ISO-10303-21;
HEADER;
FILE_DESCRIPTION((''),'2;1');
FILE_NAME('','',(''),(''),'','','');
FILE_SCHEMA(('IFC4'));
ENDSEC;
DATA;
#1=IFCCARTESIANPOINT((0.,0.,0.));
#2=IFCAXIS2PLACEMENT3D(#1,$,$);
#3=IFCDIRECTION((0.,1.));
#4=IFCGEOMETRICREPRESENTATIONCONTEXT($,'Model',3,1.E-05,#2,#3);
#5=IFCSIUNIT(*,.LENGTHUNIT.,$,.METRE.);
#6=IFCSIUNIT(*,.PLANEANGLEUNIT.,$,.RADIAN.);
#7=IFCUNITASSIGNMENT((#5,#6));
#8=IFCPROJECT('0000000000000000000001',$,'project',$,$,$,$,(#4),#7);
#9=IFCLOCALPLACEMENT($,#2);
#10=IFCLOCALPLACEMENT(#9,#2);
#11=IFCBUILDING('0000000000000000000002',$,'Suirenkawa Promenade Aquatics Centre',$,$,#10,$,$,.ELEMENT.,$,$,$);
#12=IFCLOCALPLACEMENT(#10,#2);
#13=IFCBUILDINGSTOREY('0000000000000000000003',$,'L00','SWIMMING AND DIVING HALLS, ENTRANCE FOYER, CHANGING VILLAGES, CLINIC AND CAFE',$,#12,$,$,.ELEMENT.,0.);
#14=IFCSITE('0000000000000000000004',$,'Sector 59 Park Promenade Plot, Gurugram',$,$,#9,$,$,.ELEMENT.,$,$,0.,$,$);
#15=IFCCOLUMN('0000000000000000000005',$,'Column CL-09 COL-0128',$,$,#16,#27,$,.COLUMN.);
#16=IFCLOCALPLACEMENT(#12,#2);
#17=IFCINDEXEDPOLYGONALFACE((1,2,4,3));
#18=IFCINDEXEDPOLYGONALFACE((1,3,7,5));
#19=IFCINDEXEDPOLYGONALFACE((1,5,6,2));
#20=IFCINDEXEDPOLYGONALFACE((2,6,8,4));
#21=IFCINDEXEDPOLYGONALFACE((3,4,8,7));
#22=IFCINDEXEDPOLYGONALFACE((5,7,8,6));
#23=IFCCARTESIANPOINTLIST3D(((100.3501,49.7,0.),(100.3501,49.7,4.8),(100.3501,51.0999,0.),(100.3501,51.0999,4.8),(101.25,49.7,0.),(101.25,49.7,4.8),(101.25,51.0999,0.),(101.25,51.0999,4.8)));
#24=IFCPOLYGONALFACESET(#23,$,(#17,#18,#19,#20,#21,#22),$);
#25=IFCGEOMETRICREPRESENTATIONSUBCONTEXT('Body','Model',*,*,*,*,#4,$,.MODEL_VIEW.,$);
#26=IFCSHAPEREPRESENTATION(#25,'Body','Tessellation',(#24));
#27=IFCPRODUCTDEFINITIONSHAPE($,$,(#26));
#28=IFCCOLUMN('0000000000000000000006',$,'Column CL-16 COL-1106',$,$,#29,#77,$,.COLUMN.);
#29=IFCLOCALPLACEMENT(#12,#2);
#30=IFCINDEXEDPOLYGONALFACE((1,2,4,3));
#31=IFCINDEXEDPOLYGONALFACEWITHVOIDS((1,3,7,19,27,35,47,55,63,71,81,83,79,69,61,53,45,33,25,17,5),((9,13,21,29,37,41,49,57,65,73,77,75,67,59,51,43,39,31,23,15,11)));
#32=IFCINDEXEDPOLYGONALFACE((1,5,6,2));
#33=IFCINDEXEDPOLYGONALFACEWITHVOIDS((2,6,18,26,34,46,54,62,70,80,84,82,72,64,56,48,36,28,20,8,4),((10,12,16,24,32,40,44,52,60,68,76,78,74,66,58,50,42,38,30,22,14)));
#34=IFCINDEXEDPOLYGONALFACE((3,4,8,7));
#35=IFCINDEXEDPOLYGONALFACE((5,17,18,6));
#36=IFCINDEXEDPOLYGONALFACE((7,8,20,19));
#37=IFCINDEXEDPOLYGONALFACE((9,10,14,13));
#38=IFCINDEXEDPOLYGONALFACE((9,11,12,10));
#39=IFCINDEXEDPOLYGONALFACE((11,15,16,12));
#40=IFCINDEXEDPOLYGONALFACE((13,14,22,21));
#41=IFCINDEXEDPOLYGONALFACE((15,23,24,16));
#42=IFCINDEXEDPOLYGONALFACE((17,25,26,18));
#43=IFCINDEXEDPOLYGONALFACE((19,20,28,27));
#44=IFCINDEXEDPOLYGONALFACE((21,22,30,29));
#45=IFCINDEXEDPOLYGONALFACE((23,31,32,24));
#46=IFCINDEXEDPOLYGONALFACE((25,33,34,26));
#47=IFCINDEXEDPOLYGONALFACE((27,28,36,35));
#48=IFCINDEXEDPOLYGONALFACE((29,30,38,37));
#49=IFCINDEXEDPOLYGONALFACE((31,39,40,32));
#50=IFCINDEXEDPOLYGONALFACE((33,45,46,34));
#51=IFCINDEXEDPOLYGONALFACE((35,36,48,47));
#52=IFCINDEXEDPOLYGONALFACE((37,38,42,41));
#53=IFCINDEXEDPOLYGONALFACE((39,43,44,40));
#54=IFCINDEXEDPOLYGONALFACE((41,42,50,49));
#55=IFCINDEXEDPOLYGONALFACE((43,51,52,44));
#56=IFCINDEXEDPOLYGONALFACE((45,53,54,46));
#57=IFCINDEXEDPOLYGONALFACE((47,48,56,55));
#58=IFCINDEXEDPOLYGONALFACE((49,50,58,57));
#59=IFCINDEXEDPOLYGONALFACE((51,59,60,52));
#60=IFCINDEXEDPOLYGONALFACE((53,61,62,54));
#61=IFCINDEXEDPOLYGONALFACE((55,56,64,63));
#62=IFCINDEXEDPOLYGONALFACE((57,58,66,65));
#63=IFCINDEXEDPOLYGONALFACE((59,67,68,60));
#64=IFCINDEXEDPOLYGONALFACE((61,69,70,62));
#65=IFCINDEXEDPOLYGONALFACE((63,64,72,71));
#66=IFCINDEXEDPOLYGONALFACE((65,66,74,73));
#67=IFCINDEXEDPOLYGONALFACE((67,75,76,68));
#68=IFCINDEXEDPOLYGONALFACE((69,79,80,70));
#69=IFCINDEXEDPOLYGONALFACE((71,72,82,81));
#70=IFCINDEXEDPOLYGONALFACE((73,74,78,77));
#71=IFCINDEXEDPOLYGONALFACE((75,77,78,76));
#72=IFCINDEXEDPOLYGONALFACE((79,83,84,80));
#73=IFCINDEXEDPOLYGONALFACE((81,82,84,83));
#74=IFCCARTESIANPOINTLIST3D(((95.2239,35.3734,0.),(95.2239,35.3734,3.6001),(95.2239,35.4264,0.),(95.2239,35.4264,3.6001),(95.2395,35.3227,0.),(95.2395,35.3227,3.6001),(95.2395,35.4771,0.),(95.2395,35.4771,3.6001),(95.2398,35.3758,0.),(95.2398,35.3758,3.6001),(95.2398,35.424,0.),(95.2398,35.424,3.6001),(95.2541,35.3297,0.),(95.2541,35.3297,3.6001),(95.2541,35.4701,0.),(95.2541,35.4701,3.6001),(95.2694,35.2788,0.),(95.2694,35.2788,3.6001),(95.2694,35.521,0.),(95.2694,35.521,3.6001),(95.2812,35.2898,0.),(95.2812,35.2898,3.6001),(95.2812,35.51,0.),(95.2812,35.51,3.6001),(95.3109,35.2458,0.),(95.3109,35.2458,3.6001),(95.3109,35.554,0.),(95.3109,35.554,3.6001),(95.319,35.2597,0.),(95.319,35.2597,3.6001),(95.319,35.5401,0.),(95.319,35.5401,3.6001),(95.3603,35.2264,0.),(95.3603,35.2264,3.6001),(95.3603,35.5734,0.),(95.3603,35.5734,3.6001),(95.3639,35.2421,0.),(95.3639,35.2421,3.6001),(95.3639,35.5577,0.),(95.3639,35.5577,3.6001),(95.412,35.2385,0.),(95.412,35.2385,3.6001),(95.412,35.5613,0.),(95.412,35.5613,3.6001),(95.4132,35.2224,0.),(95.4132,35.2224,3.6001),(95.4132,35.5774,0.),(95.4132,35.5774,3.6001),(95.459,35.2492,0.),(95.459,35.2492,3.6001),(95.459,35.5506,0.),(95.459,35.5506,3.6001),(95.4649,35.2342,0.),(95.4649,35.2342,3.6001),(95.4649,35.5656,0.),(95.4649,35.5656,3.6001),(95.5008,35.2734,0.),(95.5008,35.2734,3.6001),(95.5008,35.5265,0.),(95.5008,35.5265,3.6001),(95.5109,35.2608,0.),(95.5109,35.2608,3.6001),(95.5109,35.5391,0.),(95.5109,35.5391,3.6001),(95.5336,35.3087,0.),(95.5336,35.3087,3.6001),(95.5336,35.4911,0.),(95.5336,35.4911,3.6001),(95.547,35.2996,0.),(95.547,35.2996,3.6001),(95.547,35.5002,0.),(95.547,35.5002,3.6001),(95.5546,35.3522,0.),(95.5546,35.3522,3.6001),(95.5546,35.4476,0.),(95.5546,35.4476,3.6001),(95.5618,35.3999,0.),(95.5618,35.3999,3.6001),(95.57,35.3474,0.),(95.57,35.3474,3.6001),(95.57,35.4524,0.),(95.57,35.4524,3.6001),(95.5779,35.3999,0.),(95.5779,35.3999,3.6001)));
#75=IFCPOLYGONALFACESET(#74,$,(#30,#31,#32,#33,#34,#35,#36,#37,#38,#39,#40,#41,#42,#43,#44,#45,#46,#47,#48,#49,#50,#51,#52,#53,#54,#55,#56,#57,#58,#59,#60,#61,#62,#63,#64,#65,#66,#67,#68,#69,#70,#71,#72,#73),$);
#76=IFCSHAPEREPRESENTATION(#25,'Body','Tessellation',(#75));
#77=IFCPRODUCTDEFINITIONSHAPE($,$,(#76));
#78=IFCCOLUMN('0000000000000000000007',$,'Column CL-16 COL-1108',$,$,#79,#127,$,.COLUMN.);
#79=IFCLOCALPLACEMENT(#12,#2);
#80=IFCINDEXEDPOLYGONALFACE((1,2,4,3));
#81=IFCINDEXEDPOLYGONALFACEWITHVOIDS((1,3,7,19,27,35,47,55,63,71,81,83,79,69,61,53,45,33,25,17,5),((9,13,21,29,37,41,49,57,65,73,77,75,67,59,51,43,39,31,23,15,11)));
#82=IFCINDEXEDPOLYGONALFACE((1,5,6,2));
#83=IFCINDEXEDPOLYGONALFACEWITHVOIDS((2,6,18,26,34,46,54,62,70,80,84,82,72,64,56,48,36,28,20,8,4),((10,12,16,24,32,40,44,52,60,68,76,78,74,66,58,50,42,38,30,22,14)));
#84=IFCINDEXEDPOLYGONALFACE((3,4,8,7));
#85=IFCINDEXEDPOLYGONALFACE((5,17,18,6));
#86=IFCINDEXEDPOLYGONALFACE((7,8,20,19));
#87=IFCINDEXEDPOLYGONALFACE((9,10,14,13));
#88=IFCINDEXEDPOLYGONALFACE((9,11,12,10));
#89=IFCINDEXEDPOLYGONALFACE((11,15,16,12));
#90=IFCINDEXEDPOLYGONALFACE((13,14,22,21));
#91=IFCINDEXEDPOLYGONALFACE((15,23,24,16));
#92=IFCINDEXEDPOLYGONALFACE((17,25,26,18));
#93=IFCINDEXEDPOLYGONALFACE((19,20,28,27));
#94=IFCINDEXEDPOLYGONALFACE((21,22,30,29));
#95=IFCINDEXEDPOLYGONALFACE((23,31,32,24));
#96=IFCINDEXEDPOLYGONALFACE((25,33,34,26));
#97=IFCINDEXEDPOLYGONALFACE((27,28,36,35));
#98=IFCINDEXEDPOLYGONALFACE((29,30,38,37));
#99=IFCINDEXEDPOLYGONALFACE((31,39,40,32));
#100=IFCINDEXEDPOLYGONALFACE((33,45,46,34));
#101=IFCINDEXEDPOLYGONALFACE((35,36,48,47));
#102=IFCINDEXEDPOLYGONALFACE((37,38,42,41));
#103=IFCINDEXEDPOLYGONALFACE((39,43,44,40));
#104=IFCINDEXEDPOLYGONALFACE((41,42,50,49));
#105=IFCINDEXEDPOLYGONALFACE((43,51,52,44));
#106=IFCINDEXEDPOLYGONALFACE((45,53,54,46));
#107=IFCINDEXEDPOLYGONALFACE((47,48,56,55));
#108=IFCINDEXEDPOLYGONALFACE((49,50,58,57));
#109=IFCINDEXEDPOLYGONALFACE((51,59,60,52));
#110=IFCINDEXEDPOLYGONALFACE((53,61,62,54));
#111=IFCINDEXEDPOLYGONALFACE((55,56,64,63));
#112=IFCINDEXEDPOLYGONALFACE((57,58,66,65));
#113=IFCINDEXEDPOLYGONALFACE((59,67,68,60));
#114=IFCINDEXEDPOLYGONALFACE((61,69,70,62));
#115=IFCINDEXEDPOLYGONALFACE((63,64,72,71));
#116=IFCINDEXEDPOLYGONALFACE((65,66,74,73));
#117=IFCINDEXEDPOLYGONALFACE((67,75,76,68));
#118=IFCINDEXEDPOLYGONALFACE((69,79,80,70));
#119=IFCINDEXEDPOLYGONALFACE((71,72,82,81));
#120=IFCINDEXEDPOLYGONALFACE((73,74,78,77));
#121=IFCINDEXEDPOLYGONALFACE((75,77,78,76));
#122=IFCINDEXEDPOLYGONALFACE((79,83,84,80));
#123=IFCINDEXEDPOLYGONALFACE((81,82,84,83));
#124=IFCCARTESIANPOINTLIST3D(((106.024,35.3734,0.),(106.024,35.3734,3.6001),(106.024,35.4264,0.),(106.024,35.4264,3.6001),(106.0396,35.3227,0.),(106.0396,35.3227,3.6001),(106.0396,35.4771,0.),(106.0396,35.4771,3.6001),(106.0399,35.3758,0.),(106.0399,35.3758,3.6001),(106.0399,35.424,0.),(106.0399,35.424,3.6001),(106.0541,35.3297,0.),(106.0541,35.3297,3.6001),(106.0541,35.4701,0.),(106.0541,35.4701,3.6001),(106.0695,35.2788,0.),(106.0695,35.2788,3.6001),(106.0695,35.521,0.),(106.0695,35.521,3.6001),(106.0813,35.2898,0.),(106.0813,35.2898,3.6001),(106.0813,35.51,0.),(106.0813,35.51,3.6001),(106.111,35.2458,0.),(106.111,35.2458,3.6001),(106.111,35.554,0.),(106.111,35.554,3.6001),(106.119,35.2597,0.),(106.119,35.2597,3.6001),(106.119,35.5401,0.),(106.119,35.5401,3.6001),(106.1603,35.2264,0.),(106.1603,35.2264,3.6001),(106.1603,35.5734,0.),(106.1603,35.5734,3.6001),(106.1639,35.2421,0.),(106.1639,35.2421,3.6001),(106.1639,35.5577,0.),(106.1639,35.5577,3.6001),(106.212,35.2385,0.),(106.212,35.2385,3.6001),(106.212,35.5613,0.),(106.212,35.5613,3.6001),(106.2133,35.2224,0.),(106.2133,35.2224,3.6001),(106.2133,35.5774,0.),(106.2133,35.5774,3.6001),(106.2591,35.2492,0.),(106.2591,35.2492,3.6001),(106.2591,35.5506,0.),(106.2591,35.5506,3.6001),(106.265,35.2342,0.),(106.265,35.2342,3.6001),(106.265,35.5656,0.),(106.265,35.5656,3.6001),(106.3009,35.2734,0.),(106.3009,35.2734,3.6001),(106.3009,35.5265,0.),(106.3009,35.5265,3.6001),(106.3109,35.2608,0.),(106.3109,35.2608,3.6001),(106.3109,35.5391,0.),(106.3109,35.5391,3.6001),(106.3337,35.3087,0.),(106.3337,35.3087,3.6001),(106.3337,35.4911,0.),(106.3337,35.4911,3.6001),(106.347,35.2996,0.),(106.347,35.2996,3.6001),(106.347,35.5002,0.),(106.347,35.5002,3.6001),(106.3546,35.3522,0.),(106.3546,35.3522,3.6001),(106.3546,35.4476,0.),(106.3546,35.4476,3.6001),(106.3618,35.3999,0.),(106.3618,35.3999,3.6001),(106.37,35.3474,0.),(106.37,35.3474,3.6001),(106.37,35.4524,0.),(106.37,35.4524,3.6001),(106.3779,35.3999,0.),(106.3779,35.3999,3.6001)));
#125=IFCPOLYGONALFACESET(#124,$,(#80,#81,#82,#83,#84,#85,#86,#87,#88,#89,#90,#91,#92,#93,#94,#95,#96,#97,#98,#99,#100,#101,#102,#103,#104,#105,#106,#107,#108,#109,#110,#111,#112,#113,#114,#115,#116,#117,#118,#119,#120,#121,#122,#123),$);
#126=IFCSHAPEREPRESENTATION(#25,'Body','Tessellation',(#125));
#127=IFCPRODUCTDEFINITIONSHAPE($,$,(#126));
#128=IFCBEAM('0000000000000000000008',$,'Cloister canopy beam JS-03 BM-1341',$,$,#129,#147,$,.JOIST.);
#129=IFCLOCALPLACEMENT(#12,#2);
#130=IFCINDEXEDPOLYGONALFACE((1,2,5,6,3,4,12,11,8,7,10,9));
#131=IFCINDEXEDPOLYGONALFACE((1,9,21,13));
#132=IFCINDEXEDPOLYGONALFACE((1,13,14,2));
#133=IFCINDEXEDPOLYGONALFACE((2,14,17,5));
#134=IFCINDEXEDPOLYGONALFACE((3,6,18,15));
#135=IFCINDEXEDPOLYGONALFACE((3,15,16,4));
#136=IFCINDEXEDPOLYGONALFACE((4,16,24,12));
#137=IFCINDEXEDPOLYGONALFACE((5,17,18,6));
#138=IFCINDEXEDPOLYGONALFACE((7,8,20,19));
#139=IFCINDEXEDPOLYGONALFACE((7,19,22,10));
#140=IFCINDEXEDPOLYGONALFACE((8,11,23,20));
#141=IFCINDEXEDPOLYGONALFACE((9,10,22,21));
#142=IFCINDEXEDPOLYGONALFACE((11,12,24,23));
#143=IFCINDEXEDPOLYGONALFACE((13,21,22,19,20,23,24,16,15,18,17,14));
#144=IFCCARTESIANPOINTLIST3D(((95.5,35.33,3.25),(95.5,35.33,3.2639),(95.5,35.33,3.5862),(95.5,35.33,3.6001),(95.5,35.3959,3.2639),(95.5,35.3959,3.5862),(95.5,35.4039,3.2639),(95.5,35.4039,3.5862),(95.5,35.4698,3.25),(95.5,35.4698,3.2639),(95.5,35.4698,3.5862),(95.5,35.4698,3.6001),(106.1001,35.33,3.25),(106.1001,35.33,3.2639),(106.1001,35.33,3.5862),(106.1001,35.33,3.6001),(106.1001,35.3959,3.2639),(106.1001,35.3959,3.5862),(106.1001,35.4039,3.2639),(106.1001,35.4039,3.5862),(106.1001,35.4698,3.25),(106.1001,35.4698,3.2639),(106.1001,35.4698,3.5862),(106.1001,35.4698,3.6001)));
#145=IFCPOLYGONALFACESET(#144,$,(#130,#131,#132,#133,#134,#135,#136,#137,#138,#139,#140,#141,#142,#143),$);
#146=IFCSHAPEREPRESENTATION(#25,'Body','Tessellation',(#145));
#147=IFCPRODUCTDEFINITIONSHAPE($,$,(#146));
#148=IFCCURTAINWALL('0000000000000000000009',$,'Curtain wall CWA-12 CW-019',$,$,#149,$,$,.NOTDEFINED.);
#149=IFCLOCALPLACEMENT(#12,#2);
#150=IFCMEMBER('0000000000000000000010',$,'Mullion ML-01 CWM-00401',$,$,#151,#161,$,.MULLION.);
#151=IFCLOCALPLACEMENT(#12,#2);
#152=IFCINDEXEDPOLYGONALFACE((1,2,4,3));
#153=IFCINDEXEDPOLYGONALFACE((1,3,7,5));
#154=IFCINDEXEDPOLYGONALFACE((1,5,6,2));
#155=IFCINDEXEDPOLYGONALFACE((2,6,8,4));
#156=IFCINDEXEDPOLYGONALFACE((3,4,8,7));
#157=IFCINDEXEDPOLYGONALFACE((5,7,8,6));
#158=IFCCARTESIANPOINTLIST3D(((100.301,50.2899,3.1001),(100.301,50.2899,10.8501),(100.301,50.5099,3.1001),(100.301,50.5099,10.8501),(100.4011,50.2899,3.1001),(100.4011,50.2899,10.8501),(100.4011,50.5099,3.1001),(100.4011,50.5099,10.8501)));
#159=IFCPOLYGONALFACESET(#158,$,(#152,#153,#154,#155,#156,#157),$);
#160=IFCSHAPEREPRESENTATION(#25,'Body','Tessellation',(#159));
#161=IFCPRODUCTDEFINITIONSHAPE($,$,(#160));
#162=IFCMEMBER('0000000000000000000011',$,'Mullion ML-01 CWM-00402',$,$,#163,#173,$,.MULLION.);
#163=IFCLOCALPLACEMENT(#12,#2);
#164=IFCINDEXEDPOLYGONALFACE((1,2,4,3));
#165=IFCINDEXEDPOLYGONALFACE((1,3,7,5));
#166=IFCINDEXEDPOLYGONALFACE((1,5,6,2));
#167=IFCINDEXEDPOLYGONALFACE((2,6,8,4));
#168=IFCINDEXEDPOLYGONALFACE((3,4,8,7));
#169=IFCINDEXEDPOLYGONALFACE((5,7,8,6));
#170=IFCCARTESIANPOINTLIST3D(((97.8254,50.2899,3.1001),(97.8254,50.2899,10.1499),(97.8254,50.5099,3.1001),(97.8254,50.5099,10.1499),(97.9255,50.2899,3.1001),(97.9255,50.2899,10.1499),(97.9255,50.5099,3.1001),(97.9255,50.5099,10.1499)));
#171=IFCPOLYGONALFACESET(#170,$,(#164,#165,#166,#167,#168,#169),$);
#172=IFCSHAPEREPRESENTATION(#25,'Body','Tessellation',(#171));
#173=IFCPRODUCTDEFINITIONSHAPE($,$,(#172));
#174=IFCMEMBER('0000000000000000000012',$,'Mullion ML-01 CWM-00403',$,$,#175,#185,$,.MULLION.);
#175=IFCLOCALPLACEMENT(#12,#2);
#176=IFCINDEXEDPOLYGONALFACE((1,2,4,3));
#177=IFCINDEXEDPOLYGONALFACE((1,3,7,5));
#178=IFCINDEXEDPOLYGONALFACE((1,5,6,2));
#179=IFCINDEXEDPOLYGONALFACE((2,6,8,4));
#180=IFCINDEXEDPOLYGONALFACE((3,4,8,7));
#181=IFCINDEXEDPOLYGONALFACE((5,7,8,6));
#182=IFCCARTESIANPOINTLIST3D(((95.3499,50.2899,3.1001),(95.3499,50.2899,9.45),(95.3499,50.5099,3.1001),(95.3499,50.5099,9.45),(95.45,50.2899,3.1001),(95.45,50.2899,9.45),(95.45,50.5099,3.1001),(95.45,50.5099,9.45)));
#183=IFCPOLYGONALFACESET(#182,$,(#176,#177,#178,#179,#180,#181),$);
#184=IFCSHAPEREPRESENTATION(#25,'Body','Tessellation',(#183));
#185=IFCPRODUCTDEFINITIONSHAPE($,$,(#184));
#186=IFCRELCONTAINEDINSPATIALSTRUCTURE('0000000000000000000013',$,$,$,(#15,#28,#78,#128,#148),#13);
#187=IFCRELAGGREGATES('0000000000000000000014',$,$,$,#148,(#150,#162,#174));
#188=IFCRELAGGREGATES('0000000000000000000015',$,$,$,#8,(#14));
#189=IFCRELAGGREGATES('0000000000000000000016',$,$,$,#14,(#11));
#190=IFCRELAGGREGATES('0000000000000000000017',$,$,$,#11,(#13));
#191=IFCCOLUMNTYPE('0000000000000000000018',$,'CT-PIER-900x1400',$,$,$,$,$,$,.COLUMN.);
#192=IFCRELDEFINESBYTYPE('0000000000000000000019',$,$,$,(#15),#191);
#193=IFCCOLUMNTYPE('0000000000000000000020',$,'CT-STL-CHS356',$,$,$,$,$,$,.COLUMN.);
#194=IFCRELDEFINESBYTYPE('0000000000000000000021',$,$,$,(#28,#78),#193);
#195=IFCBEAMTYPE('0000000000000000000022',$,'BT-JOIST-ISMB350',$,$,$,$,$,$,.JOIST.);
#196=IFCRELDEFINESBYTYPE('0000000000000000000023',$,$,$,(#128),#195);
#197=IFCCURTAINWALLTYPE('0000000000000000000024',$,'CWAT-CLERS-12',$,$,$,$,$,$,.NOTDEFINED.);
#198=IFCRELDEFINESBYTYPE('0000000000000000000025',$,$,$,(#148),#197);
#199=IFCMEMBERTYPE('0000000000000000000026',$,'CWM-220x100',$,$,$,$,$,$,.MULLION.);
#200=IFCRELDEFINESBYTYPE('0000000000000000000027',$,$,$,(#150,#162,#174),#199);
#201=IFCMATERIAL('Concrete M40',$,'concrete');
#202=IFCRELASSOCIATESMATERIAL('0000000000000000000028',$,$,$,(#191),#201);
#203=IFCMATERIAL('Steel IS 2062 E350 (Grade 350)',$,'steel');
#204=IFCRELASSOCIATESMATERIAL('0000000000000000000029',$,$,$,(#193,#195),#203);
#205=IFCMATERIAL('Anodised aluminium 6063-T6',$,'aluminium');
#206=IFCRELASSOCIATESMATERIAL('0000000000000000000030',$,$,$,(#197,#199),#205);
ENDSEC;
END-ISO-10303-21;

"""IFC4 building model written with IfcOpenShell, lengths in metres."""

from ifc_helpers import new_model, si_unit, direction, frame, origin, origin_2d, place, context, subcontext, project, spatial, rectangle, hollow_circle, i_section, extrude, material, material_profile, profile_set, type_object, element, aggregate, save


model = new_model("IFC4")

# Units and contexts
model_context = context("Model", 3, precision=1e-05, world=origin(), true_north=direction((0.0, 1.0)))
body_context = subcontext(model_context, "Body", "Model", "MODEL_VIEW")
ifc_project = project(units=[si_unit("LENGTHUNIT", "METRE"), si_unit("PLANEANGLEUNIT", "RADIAN")], contexts=[model_context])

# Site, building, storey
site_placement = place(None, origin())
site = spatial("IfcSite", under=ifc_project, at=site_placement, Name="Sector 59 Park Promenade Plot, Gurugram", CompositionType="ELEMENT", RefElevation=0.0)
building_placement = place(site_placement, origin())
building = spatial("IfcBuilding", under=site, at=building_placement, Name="Suirenkawa Promenade Aquatics Centre", CompositionType="ELEMENT")
storey_placement = place(building_placement, origin())
storey = spatial("IfcBuildingStorey", under=building, at=storey_placement, Name="L00", Description="SWIMMING AND DIVING HALLS, ENTRANCE FOYER, CHANGING VILLAGES, CLINIC AND CAFE", CompositionType="ELEMENT", Elevation=0.0)

# Columns
ifc_material_1 = material(Name="Concrete M40", Category="concrete")
ifc_material_profile_1 = material_profile(ifc_material_1, rectangle(XDim=0.8999, YDim=1.3999, at=origin_2d()), Name="RC PIER 900x1400", Category="concrete")
ifc_profile_set_1 = profile_set([ifc_material_profile_1], Name="Concrete M40")
column_type_1 = type_object("IfcColumnType", Name="CT-PIER-900x1400", PredefinedType="COLUMN", material=ifc_profile_set_1)
column_placement = place(storey_placement, frame((100.8, 50.3999, 0.0), z_axis=(0.0, 0.0, 1.0), x_axis=(1.0, 0.0, 0.0)))
element("IfcColumn", 1, at=column_placement, inside=storey, type_object=column_type_1, Name="Column CL-09 COL-0128", PredefinedType="COLUMN", context=body_context, shape_type="SweptSolid", body=[
    extrude(rectangle(XDim=0.8999, YDim=1.3999, at=origin_2d()), origin(), (0.0, 0.0, 1.0), 4.8),
])
ifc_material_2 = material(Name="Steel IS 2062 E350 (Grade 350)", Category="steel")
ifc_material_profile_2 = material_profile(ifc_material_2, hollow_circle(Radius=0.178, WallThickness=0.0161, at=origin_2d()), Name="CHS 356x16", Category="steel")
ifc_profile_set_2 = profile_set([ifc_material_profile_2], Name="Steel IS 2062 E350 (Grade 350)")
column_type_2 = type_object("IfcColumnType", Name="CT-STL-CHS356", PredefinedType="COLUMN", material=ifc_profile_set_2)
for number, where, z_axis, x_axis, name in (
    (2, (95.3999, 35.3999, 0.0), (0.0, 0.0, 1.0), (1.0, 0.0, 0.0), "Column CL-16 COL-1106"),
    (3, (106.2, 35.3999, 0.0), (0.0, 0.0, 1.0), (1.0, 0.0, 0.0), "Column CL-16 COL-1108"),
):
    element("IfcColumn", number, at=place(storey_placement, frame(where, z_axis=z_axis, x_axis=x_axis)), inside=storey, type_object=column_type_2, Name=name, PredefinedType="COLUMN", context=body_context, shape_type="SweptSolid", body=[
        extrude(hollow_circle(Radius=0.178, WallThickness=0.0161, at=origin_2d()), origin(), (0.0, 0.0, 1.0), 3.6001),
    ])

# Beam
ifc_material_profile_3 = material_profile(ifc_material_2, i_section(OverallWidth=0.1399, OverallDepth=0.3501, WebThickness=0.0081, FlangeThickness=0.0139, at=origin_2d()), Name="ISMB 350", Category="steel")
ifc_profile_set_3 = profile_set([ifc_material_profile_3], Name="Steel IS 2062 E350 (Grade 350)")
beam_type = type_object("IfcBeamType", Name="BT-JOIST-ISMB350", PredefinedType="JOIST", material=ifc_profile_set_3)
beam_placement = place(storey_placement, frame((95.5, 35.3999, 3.425), z_axis=(1.0, 0.0, 0.0), x_axis=(0.0, 1.0, 0.0)))
element("IfcBeam", 4, at=beam_placement, inside=storey, type_object=beam_type, Name="Cloister canopy beam JS-03 BM-1341", PredefinedType="JOIST", context=body_context, shape_type="SweptSolid", body=[
    extrude(i_section(OverallWidth=0.1399, OverallDepth=0.3501, WebThickness=0.0081, FlangeThickness=0.0139, at=origin_2d()), origin(), (0.0, 0.0, 1.0), 10.6001),
])

# Curtain wall, members
ifc_material_3 = material(Name="Anodised aluminium 6063-T6", Category="aluminium")
curtain_wall_type_1 = type_object("IfcCurtainWallType", Name="CWAT-CLERS-12", PredefinedType="NOTDEFINED", material=ifc_material_3)
curtain_wall_1_placement = place(storey_placement, origin())
curtain_wall_1 = element("IfcCurtainWall", 5, at=curtain_wall_1_placement, inside=storey, type_object=curtain_wall_type_1, Name="Curtain wall CWA-12 CW-019", PredefinedType="NOTDEFINED")
ifc_material_profile_4 = material_profile(ifc_material_3, rectangle(XDim=0.1001, YDim=0.22, at=origin_2d()), Name="ALU MULL 100x220", Category="aluminium")
ifc_profile_set_4 = profile_set([ifc_material_profile_4], Name="Anodised aluminium 6063-T6")
member_type_1 = type_object("IfcMemberType", Name="CWM-220x100", PredefinedType="MULLION", material=ifc_profile_set_4)
member_1_placement = place(storey_placement, frame((100.3511, 50.3999, 3.1001), z_axis=(0.0, 0.0, 1.0), x_axis=(-1.0, 0.0, 0.0)))
member_1 = element("IfcMember", 6, at=member_1_placement, type_object=member_type_1, Name="Mullion ML-01 CWM-00401", PredefinedType="MULLION", context=body_context, shape_type="SweptSolid", body=[
    extrude(rectangle(XDim=0.1001, YDim=0.22, at=origin_2d()), origin(), (0.0, 0.0, 1.0), 7.75),
])
member_2_placement = place(storey_placement, frame((97.8755, 50.3999, 3.1001), z_axis=(0.0, 0.0, 1.0), x_axis=(-1.0, 0.0, 0.0)))
member_2 = element("IfcMember", 7, at=member_2_placement, type_object=member_type_1, Name="Mullion ML-01 CWM-00402", PredefinedType="MULLION", context=body_context, shape_type="SweptSolid", body=[
    extrude(rectangle(XDim=0.1001, YDim=0.22, at=origin_2d()), origin(), (0.0, 0.0, 1.0), 7.0498),
])
member_3_placement = place(storey_placement, frame((95.3999, 50.3999, 3.1001), z_axis=(0.0, 0.0, 1.0), x_axis=(-1.0, 0.0, 0.0)))
member_3 = element("IfcMember", 8, at=member_3_placement, type_object=member_type_1, Name="Mullion ML-01 CWM-00403", PredefinedType="MULLION", context=body_context, shape_type="SweptSolid", body=[
    extrude(rectangle(XDim=0.1001, YDim=0.22, at=origin_2d()), origin(), (0.0, 0.0, 1.0), 6.3499),
])

aggregate(curtain_wall_1, [member_1, member_2, member_3])

save(model, "model.ifc")
